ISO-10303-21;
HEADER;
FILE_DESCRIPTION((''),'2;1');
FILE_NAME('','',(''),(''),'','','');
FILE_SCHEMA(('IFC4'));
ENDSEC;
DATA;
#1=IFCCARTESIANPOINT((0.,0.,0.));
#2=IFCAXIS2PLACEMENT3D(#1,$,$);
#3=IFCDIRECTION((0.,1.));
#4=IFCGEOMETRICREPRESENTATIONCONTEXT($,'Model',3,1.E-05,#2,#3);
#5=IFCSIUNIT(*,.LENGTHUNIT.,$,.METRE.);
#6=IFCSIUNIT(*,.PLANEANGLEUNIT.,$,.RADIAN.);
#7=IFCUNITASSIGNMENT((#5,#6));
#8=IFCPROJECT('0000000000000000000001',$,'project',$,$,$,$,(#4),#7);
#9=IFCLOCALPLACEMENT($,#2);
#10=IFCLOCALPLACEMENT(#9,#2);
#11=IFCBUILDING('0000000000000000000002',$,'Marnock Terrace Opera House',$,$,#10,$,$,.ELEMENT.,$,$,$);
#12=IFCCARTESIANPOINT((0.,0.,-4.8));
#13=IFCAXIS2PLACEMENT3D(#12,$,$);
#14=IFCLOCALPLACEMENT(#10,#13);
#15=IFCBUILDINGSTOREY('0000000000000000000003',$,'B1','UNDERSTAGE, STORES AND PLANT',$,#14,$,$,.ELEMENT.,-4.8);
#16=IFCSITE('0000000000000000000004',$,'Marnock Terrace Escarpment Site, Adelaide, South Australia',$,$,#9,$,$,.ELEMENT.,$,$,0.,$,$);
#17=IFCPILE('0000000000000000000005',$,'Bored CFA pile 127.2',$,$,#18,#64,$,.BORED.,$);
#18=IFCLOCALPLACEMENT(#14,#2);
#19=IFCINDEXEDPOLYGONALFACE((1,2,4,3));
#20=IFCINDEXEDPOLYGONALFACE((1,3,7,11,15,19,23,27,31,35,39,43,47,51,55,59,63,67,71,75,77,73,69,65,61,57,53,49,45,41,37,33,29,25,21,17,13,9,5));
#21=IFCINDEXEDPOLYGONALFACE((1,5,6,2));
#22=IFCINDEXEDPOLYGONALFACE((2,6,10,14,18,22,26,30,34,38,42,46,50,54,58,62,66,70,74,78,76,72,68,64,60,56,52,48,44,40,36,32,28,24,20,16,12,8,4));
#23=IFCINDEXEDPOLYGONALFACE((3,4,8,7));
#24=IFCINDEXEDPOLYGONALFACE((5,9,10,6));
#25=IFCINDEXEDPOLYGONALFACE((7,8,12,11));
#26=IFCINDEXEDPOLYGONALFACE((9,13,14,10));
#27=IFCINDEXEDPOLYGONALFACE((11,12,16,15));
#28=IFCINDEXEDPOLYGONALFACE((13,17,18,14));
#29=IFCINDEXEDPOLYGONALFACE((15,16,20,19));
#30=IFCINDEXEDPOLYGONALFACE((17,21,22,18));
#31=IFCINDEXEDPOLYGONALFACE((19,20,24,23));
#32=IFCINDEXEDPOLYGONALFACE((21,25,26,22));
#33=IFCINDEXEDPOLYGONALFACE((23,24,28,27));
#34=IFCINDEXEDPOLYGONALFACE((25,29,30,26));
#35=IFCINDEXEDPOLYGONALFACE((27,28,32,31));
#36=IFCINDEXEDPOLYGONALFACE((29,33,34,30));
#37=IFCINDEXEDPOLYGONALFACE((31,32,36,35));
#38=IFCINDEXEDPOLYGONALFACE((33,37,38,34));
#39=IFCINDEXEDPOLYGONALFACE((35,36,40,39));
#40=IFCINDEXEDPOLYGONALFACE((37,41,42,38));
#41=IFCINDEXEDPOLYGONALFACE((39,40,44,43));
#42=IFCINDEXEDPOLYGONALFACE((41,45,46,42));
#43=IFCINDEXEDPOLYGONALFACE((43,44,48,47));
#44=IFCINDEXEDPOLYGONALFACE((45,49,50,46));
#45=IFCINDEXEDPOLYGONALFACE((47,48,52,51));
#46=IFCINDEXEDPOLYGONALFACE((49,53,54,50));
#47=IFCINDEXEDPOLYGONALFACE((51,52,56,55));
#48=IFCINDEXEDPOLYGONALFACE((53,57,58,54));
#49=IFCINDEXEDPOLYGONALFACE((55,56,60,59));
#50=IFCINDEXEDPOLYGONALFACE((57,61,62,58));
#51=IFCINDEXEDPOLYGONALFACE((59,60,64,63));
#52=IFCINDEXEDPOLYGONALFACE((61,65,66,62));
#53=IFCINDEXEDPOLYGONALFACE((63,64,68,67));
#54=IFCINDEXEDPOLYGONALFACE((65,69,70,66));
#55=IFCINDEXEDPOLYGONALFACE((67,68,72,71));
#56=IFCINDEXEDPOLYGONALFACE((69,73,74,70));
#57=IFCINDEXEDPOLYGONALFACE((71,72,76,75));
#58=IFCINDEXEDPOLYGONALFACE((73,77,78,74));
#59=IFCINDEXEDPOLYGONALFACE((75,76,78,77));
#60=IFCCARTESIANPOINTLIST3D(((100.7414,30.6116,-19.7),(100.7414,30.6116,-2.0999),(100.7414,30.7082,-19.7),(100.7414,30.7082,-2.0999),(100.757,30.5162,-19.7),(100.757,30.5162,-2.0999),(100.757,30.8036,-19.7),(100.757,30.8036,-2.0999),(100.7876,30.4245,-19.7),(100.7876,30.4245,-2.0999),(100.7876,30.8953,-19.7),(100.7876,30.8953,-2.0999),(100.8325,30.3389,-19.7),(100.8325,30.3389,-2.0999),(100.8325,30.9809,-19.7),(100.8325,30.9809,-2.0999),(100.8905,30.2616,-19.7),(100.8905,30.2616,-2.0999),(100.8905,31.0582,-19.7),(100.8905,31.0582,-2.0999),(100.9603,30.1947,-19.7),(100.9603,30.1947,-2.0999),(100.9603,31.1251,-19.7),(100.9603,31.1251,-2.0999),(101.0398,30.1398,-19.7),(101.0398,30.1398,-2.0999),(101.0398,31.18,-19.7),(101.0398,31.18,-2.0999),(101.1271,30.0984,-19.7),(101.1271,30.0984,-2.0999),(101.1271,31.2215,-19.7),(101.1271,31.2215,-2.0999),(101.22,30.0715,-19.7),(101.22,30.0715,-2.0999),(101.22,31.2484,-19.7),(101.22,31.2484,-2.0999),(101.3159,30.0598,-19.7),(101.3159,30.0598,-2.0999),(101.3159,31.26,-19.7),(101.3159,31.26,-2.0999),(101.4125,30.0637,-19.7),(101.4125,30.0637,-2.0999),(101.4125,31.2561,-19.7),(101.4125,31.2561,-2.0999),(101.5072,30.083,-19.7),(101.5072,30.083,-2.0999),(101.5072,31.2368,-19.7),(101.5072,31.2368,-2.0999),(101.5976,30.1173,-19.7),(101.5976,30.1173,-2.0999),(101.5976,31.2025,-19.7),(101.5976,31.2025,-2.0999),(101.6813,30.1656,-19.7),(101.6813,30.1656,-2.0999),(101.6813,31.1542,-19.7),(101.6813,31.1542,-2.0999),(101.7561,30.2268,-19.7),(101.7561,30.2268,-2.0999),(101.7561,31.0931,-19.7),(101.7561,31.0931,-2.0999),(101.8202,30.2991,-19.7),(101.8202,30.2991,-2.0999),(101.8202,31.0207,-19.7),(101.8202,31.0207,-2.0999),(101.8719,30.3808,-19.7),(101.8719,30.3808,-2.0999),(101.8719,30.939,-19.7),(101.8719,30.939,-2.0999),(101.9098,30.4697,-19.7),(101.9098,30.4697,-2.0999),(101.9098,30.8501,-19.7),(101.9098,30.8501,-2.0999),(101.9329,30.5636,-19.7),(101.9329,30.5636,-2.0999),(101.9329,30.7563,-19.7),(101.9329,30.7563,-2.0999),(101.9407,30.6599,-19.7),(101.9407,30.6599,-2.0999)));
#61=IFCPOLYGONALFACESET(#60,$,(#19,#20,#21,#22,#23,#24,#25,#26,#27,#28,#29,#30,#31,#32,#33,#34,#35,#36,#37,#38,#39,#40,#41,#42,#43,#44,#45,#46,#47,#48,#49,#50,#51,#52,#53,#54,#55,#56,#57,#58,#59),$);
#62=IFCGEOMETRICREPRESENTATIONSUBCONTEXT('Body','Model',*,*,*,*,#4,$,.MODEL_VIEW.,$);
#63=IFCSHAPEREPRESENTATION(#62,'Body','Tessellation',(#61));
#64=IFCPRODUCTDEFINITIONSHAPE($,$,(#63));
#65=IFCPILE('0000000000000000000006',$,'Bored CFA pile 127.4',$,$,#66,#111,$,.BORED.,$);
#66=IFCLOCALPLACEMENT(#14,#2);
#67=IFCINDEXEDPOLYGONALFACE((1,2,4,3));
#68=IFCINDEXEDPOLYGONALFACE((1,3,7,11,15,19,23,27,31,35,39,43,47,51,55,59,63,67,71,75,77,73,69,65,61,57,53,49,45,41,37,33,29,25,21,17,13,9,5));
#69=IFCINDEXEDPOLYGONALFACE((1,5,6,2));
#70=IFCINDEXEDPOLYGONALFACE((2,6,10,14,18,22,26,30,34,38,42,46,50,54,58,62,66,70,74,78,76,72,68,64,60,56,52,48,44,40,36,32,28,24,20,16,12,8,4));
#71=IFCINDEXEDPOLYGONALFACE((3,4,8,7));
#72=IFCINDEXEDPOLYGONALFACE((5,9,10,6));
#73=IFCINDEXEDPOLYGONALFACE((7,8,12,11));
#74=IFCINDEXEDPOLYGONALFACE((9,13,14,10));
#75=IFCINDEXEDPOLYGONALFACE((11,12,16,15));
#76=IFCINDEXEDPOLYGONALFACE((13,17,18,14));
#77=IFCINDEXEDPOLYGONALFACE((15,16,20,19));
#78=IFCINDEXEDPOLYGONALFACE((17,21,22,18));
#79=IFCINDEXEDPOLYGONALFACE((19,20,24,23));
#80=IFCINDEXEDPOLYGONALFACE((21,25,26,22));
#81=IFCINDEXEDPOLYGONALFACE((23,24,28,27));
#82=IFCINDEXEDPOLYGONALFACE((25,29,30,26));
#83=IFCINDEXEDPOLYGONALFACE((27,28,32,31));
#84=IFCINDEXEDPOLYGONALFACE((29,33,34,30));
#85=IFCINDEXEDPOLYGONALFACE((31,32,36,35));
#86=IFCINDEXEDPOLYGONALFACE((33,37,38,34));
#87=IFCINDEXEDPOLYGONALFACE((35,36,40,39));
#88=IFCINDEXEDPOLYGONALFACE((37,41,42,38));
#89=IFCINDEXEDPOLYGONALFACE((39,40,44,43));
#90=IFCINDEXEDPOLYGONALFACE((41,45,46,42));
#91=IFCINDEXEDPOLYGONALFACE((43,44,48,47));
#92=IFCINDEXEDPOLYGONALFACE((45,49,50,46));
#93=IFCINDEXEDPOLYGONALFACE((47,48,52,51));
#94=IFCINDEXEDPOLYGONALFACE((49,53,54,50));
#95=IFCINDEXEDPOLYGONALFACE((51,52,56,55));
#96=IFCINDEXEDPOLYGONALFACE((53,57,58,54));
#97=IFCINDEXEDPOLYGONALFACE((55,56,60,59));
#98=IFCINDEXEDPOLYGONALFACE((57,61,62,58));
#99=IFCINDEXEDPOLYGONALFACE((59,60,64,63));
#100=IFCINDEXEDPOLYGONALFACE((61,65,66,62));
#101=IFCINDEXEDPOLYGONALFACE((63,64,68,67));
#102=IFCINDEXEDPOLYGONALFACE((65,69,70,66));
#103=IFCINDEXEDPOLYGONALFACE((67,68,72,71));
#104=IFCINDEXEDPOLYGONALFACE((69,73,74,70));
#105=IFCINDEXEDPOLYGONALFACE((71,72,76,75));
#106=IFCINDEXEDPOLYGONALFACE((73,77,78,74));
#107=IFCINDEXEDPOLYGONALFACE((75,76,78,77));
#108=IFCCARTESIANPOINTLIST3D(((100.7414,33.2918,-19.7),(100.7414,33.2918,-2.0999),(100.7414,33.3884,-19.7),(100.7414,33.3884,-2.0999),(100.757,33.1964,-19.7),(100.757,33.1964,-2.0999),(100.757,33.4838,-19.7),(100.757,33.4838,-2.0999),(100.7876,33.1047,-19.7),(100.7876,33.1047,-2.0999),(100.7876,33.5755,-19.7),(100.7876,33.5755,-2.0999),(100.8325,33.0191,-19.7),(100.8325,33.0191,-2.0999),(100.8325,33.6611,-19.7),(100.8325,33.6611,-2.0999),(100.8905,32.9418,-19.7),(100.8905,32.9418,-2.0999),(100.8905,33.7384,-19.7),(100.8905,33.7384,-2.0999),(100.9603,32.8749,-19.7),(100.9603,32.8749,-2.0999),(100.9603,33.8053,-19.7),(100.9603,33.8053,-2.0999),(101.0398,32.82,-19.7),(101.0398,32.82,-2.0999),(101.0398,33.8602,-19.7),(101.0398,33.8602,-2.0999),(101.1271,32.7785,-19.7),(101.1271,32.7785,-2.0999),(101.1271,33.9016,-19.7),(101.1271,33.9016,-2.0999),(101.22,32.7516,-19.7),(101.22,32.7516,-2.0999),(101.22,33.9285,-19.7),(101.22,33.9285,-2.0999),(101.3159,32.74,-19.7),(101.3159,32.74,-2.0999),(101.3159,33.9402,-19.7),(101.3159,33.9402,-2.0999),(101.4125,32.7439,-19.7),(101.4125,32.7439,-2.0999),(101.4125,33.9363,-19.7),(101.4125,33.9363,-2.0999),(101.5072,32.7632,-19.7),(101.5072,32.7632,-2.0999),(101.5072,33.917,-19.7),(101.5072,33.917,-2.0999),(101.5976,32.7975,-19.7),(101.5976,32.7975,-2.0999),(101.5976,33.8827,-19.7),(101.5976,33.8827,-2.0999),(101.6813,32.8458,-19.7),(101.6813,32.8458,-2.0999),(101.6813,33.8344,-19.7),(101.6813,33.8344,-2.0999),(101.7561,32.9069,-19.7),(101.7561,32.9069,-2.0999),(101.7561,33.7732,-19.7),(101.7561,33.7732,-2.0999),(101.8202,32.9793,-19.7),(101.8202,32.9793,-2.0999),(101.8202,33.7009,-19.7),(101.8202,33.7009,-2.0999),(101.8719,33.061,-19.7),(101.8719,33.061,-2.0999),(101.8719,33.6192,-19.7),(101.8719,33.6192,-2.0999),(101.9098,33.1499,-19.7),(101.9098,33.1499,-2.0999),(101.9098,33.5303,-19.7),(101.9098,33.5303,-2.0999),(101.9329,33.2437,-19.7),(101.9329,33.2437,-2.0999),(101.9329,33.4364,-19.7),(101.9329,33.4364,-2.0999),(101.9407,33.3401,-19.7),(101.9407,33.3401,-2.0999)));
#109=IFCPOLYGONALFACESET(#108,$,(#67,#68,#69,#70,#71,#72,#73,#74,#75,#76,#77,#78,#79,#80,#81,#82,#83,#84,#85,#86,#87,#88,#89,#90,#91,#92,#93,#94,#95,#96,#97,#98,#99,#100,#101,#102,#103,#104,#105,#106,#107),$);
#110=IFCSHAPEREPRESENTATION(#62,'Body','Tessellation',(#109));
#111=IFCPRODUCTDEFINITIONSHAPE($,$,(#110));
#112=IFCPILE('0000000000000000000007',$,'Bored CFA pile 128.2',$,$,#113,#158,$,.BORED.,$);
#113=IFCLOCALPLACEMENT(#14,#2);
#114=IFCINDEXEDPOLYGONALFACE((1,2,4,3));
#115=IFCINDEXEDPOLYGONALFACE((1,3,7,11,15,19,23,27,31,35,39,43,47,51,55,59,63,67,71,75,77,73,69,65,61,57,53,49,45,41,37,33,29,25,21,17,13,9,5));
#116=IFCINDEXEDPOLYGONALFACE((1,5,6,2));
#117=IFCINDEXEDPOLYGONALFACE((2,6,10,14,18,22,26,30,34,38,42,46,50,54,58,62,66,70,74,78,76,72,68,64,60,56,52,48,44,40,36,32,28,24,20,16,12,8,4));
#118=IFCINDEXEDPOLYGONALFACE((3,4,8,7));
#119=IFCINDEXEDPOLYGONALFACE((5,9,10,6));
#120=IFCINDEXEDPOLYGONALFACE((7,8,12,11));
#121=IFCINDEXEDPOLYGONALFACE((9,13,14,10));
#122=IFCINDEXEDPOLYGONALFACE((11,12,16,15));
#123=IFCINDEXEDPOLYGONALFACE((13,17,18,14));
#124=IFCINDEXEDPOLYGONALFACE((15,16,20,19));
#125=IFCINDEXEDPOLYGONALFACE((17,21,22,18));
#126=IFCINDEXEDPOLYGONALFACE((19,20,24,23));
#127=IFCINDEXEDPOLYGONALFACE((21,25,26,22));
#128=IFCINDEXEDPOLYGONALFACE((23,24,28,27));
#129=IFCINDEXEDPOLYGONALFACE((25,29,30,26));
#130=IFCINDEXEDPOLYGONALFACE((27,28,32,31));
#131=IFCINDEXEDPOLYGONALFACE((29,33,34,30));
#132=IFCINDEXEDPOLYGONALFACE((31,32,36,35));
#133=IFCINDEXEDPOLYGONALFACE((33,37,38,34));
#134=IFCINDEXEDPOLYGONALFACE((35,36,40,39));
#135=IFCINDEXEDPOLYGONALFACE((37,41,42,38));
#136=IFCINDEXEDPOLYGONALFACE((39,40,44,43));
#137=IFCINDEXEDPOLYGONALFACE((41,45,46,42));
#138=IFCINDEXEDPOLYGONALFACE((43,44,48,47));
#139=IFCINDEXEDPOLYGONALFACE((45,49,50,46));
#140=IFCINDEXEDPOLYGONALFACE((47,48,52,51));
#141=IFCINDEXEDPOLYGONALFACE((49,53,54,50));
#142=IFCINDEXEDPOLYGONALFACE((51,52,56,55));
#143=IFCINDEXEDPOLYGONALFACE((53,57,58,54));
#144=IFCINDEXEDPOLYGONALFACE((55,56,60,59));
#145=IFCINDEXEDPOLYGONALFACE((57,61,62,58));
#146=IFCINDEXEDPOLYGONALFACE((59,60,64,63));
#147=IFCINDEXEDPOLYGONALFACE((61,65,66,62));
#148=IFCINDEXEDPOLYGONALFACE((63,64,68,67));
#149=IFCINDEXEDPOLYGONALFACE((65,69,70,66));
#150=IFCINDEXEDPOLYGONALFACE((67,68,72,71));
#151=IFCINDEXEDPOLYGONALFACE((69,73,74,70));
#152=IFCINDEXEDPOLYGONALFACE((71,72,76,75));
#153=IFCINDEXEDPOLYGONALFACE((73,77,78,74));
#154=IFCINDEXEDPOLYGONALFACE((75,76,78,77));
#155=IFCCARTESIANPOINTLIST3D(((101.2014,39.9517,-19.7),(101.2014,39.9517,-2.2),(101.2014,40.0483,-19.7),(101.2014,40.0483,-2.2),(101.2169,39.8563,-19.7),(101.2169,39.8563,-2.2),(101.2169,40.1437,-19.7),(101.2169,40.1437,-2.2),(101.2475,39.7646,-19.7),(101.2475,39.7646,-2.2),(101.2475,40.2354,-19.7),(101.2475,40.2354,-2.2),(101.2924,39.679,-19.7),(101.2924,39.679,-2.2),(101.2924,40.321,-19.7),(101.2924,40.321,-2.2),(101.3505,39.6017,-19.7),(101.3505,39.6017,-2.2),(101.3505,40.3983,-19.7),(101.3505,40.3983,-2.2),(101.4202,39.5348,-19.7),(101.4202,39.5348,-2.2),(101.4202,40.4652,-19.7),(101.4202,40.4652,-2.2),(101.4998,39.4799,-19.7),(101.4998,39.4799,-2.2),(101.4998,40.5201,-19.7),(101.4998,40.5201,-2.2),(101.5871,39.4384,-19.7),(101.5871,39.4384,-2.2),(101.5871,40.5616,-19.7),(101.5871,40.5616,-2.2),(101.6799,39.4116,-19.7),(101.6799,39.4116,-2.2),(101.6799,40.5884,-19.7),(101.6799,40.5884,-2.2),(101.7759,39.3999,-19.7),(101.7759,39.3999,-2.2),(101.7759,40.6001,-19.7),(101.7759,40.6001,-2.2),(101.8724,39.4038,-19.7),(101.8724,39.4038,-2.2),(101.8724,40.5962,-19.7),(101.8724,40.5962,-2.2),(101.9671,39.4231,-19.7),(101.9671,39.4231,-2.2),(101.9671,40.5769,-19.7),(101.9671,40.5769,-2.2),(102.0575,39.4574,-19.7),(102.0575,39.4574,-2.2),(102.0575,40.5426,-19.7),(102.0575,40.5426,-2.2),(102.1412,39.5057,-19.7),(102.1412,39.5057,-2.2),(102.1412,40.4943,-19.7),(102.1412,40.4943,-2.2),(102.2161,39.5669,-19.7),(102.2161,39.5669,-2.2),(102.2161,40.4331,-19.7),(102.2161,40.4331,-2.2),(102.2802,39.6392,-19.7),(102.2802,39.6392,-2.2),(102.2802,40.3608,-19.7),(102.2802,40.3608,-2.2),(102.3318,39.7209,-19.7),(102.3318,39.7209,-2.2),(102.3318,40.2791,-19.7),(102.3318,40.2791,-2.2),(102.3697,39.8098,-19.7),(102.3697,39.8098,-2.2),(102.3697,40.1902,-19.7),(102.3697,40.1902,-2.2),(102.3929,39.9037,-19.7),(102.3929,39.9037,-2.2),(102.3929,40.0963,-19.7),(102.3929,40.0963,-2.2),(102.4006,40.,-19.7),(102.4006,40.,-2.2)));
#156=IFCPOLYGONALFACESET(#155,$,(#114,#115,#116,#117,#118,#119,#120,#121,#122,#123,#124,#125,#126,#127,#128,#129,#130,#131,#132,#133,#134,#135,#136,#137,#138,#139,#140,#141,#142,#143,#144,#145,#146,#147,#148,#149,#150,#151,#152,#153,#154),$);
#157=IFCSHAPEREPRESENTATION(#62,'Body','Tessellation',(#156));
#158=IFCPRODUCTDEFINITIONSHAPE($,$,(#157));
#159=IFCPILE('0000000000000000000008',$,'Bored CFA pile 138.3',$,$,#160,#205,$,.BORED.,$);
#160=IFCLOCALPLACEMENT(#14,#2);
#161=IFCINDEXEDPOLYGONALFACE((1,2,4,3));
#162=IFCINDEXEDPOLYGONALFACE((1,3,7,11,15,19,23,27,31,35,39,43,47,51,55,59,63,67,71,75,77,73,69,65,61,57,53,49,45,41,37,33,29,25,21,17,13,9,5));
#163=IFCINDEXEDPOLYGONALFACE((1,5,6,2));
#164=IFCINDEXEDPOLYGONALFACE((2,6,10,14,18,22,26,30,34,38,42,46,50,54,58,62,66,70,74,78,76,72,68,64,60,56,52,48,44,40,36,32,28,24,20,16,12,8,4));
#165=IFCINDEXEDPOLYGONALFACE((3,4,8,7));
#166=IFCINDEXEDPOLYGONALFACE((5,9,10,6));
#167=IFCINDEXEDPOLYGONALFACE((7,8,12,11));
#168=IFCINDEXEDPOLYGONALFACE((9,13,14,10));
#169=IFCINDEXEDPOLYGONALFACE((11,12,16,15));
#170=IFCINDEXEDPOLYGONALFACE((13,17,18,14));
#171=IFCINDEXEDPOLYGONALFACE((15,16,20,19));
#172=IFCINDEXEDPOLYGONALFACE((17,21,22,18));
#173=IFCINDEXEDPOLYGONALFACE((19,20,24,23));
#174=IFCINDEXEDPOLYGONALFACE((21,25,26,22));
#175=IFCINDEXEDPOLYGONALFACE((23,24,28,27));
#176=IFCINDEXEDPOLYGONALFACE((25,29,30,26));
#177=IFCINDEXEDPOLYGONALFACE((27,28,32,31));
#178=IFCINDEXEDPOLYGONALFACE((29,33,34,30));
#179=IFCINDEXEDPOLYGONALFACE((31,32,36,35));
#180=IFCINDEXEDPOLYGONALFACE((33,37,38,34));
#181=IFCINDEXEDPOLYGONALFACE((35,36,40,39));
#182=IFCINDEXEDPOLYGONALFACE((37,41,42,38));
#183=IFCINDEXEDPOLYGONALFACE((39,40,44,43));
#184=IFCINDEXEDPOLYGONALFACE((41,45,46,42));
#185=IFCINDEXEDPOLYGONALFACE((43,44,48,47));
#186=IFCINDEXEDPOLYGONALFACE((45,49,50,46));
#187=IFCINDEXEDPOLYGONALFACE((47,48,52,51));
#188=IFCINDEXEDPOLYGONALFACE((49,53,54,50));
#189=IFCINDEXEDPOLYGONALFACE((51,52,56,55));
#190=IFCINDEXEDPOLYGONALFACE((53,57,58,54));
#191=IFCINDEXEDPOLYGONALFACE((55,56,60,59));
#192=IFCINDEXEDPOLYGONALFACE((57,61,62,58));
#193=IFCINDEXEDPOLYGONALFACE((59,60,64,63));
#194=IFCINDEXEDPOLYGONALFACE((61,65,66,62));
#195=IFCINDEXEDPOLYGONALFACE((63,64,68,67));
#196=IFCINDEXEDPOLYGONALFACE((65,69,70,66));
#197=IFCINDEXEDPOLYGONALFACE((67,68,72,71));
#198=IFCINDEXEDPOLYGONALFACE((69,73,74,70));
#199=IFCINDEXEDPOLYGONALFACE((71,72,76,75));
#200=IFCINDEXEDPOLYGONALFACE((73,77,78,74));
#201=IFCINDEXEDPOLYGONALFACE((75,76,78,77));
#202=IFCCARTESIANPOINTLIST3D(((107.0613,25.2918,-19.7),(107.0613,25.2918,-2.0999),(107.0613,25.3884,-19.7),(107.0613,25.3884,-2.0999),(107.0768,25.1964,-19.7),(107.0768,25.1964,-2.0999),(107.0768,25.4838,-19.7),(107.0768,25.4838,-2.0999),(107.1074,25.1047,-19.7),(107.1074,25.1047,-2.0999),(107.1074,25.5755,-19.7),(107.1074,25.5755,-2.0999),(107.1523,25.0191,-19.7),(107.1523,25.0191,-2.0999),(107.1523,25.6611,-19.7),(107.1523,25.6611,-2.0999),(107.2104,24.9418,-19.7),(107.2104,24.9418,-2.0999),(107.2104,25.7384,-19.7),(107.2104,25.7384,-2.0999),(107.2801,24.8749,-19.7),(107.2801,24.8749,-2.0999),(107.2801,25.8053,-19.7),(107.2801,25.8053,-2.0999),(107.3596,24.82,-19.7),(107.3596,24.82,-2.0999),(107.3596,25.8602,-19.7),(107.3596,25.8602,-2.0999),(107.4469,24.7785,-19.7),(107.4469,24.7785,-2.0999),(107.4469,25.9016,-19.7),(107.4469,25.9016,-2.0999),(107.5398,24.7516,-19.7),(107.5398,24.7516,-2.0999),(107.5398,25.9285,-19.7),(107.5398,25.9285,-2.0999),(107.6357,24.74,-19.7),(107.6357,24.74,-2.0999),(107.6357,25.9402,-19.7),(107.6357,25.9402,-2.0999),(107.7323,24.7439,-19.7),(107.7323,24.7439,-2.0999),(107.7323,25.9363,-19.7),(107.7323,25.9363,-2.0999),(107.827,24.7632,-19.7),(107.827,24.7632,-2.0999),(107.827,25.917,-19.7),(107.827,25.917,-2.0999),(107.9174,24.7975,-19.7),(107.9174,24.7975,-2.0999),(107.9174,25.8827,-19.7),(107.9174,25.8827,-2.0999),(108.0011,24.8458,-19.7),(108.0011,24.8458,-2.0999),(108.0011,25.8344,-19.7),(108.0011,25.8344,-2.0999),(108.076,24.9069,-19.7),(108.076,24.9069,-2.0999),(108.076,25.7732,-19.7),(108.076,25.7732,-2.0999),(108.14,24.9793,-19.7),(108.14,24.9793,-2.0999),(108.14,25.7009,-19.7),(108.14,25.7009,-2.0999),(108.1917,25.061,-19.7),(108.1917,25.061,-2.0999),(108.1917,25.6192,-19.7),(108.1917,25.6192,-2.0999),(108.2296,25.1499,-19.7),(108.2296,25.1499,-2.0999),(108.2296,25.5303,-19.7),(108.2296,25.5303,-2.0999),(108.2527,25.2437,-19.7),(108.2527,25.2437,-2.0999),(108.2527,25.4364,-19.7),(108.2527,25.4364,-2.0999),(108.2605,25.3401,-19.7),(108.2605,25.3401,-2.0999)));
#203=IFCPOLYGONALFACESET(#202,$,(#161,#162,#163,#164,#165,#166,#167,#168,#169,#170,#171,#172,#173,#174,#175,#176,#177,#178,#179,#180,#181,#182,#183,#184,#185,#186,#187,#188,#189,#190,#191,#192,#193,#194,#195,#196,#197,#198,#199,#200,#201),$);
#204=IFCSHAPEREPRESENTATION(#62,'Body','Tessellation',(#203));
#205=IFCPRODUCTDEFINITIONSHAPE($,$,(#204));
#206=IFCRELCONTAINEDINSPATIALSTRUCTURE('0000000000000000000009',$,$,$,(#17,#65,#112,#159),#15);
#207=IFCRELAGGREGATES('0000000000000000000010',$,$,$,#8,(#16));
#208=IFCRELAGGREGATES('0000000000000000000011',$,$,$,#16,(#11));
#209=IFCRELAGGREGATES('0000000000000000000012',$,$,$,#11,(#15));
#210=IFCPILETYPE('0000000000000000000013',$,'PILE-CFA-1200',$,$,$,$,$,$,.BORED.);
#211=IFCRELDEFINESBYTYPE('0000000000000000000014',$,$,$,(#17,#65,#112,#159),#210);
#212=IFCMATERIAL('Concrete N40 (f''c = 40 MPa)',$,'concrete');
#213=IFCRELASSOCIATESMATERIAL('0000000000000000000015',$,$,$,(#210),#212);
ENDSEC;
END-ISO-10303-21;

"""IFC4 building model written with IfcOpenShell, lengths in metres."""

from ifc_helpers import new_model, si_unit, direction, frame, origin, origin_2d, place, context, subcontext, project, spatial, circle, extrude, material, material_profile, profile_set, type_object, element, save


model = new_model("IFC4")

# Units and contexts
model_context = context("Model", 3, precision=1e-05, world=origin(), true_north=direction((0.0, 1.0)))
body_context = subcontext(model_context, "Body", "Model", "MODEL_VIEW")
ifc_project = project(units=[si_unit("LENGTHUNIT", "METRE"), si_unit("PLANEANGLEUNIT", "RADIAN")], contexts=[model_context])

# Site, building, storey
site_placement = place(None, origin())
site = spatial("IfcSite", under=ifc_project, at=site_placement, Name="Marnock Terrace Escarpment Site, Adelaide, South Australia", CompositionType="ELEMENT", RefElevation=0.0)
building_placement = place(site_placement, origin())
building = spatial("IfcBuilding", under=site, at=building_placement, Name="Marnock Terrace Opera House", CompositionType="ELEMENT")
storey_placement = place(building_placement, frame((0.0, 0.0, -4.8)))
storey = spatial("IfcBuildingStorey", under=building, at=storey_placement, Name="B1", Description="UNDERSTAGE, STORES AND PLANT", CompositionType="ELEMENT", Elevation=-4.8)

# Shared definitions
ifc_material_1 = material(Name="Concrete N40 (f'c = 40 MPa)", Category="concrete")

# Piles
ifc_material_profile_1 = material_profile(ifc_material_1, circle(Radius=0.6006, at=origin_2d()))
ifc_profile_set_1 = profile_set([ifc_material_profile_1], Name="Concrete N40 (f'c = 40 MPa)")
pile_type = type_object("IfcPileType", Name="PILE-CFA-1200", PredefinedType="BORED", material=ifc_profile_set_1)
for number, where, z_axis, x_axis, name in (
    (1, (101.3401, 30.6599, -2.0999), (0.0, 0.0, -1.0), (1.0, 0.0, 0.0), "Bored CFA pile 127.2"),
    (2, (101.3401, 33.3401, -2.0999), (0.0, 0.0, -1.0), (1.0, 0.0, 0.0), "Bored CFA pile 127.4"),
):
    element("IfcPile", number, at=place(storey_placement, frame(where, z_axis=z_axis, x_axis=x_axis)), inside=storey, type_object=pile_type, Name=name, PredefinedType="BORED", context=body_context, shape_type="SweptSolid", body=[
        extrude(circle(Radius=0.6006, at=origin_2d()), origin(), (0.0, 0.0, 1.0), 17.6001),
    ])
pile_placement = place(storey_placement, frame((101.8, 40.0, -2.2), z_axis=(0.0, 0.0, -1.0), x_axis=(1.0, 0.0, 0.0)))
element("IfcPile", 3, at=pile_placement, inside=storey, type_object=pile_type, Name="Bored CFA pile 128.2", PredefinedType="BORED", context=body_context, shape_type="SweptSolid", body=[
    extrude(circle(Radius=0.6006, at=origin_2d()), origin(), (0.0, 0.0, 1.0), 17.5),
])
for number, where, z_axis, x_axis, name in (
    (4, (107.6599, 25.3401, -2.0999), (0.0, 0.0, -1.0), (1.0, 0.0, 0.0), "Bored CFA pile 138.3"),
):
    element("IfcPile", number, at=place(storey_placement, frame(where, z_axis=z_axis, x_axis=x_axis)), inside=storey, type_object=pile_type, Name=name, PredefinedType="BORED", context=body_context, shape_type="SweptSolid", body=[
        extrude(circle(Radius=0.6006, at=origin_2d()), origin(), (0.0, 0.0, 1.0), 17.6001),
    ])

save(model, "model.ifc")
